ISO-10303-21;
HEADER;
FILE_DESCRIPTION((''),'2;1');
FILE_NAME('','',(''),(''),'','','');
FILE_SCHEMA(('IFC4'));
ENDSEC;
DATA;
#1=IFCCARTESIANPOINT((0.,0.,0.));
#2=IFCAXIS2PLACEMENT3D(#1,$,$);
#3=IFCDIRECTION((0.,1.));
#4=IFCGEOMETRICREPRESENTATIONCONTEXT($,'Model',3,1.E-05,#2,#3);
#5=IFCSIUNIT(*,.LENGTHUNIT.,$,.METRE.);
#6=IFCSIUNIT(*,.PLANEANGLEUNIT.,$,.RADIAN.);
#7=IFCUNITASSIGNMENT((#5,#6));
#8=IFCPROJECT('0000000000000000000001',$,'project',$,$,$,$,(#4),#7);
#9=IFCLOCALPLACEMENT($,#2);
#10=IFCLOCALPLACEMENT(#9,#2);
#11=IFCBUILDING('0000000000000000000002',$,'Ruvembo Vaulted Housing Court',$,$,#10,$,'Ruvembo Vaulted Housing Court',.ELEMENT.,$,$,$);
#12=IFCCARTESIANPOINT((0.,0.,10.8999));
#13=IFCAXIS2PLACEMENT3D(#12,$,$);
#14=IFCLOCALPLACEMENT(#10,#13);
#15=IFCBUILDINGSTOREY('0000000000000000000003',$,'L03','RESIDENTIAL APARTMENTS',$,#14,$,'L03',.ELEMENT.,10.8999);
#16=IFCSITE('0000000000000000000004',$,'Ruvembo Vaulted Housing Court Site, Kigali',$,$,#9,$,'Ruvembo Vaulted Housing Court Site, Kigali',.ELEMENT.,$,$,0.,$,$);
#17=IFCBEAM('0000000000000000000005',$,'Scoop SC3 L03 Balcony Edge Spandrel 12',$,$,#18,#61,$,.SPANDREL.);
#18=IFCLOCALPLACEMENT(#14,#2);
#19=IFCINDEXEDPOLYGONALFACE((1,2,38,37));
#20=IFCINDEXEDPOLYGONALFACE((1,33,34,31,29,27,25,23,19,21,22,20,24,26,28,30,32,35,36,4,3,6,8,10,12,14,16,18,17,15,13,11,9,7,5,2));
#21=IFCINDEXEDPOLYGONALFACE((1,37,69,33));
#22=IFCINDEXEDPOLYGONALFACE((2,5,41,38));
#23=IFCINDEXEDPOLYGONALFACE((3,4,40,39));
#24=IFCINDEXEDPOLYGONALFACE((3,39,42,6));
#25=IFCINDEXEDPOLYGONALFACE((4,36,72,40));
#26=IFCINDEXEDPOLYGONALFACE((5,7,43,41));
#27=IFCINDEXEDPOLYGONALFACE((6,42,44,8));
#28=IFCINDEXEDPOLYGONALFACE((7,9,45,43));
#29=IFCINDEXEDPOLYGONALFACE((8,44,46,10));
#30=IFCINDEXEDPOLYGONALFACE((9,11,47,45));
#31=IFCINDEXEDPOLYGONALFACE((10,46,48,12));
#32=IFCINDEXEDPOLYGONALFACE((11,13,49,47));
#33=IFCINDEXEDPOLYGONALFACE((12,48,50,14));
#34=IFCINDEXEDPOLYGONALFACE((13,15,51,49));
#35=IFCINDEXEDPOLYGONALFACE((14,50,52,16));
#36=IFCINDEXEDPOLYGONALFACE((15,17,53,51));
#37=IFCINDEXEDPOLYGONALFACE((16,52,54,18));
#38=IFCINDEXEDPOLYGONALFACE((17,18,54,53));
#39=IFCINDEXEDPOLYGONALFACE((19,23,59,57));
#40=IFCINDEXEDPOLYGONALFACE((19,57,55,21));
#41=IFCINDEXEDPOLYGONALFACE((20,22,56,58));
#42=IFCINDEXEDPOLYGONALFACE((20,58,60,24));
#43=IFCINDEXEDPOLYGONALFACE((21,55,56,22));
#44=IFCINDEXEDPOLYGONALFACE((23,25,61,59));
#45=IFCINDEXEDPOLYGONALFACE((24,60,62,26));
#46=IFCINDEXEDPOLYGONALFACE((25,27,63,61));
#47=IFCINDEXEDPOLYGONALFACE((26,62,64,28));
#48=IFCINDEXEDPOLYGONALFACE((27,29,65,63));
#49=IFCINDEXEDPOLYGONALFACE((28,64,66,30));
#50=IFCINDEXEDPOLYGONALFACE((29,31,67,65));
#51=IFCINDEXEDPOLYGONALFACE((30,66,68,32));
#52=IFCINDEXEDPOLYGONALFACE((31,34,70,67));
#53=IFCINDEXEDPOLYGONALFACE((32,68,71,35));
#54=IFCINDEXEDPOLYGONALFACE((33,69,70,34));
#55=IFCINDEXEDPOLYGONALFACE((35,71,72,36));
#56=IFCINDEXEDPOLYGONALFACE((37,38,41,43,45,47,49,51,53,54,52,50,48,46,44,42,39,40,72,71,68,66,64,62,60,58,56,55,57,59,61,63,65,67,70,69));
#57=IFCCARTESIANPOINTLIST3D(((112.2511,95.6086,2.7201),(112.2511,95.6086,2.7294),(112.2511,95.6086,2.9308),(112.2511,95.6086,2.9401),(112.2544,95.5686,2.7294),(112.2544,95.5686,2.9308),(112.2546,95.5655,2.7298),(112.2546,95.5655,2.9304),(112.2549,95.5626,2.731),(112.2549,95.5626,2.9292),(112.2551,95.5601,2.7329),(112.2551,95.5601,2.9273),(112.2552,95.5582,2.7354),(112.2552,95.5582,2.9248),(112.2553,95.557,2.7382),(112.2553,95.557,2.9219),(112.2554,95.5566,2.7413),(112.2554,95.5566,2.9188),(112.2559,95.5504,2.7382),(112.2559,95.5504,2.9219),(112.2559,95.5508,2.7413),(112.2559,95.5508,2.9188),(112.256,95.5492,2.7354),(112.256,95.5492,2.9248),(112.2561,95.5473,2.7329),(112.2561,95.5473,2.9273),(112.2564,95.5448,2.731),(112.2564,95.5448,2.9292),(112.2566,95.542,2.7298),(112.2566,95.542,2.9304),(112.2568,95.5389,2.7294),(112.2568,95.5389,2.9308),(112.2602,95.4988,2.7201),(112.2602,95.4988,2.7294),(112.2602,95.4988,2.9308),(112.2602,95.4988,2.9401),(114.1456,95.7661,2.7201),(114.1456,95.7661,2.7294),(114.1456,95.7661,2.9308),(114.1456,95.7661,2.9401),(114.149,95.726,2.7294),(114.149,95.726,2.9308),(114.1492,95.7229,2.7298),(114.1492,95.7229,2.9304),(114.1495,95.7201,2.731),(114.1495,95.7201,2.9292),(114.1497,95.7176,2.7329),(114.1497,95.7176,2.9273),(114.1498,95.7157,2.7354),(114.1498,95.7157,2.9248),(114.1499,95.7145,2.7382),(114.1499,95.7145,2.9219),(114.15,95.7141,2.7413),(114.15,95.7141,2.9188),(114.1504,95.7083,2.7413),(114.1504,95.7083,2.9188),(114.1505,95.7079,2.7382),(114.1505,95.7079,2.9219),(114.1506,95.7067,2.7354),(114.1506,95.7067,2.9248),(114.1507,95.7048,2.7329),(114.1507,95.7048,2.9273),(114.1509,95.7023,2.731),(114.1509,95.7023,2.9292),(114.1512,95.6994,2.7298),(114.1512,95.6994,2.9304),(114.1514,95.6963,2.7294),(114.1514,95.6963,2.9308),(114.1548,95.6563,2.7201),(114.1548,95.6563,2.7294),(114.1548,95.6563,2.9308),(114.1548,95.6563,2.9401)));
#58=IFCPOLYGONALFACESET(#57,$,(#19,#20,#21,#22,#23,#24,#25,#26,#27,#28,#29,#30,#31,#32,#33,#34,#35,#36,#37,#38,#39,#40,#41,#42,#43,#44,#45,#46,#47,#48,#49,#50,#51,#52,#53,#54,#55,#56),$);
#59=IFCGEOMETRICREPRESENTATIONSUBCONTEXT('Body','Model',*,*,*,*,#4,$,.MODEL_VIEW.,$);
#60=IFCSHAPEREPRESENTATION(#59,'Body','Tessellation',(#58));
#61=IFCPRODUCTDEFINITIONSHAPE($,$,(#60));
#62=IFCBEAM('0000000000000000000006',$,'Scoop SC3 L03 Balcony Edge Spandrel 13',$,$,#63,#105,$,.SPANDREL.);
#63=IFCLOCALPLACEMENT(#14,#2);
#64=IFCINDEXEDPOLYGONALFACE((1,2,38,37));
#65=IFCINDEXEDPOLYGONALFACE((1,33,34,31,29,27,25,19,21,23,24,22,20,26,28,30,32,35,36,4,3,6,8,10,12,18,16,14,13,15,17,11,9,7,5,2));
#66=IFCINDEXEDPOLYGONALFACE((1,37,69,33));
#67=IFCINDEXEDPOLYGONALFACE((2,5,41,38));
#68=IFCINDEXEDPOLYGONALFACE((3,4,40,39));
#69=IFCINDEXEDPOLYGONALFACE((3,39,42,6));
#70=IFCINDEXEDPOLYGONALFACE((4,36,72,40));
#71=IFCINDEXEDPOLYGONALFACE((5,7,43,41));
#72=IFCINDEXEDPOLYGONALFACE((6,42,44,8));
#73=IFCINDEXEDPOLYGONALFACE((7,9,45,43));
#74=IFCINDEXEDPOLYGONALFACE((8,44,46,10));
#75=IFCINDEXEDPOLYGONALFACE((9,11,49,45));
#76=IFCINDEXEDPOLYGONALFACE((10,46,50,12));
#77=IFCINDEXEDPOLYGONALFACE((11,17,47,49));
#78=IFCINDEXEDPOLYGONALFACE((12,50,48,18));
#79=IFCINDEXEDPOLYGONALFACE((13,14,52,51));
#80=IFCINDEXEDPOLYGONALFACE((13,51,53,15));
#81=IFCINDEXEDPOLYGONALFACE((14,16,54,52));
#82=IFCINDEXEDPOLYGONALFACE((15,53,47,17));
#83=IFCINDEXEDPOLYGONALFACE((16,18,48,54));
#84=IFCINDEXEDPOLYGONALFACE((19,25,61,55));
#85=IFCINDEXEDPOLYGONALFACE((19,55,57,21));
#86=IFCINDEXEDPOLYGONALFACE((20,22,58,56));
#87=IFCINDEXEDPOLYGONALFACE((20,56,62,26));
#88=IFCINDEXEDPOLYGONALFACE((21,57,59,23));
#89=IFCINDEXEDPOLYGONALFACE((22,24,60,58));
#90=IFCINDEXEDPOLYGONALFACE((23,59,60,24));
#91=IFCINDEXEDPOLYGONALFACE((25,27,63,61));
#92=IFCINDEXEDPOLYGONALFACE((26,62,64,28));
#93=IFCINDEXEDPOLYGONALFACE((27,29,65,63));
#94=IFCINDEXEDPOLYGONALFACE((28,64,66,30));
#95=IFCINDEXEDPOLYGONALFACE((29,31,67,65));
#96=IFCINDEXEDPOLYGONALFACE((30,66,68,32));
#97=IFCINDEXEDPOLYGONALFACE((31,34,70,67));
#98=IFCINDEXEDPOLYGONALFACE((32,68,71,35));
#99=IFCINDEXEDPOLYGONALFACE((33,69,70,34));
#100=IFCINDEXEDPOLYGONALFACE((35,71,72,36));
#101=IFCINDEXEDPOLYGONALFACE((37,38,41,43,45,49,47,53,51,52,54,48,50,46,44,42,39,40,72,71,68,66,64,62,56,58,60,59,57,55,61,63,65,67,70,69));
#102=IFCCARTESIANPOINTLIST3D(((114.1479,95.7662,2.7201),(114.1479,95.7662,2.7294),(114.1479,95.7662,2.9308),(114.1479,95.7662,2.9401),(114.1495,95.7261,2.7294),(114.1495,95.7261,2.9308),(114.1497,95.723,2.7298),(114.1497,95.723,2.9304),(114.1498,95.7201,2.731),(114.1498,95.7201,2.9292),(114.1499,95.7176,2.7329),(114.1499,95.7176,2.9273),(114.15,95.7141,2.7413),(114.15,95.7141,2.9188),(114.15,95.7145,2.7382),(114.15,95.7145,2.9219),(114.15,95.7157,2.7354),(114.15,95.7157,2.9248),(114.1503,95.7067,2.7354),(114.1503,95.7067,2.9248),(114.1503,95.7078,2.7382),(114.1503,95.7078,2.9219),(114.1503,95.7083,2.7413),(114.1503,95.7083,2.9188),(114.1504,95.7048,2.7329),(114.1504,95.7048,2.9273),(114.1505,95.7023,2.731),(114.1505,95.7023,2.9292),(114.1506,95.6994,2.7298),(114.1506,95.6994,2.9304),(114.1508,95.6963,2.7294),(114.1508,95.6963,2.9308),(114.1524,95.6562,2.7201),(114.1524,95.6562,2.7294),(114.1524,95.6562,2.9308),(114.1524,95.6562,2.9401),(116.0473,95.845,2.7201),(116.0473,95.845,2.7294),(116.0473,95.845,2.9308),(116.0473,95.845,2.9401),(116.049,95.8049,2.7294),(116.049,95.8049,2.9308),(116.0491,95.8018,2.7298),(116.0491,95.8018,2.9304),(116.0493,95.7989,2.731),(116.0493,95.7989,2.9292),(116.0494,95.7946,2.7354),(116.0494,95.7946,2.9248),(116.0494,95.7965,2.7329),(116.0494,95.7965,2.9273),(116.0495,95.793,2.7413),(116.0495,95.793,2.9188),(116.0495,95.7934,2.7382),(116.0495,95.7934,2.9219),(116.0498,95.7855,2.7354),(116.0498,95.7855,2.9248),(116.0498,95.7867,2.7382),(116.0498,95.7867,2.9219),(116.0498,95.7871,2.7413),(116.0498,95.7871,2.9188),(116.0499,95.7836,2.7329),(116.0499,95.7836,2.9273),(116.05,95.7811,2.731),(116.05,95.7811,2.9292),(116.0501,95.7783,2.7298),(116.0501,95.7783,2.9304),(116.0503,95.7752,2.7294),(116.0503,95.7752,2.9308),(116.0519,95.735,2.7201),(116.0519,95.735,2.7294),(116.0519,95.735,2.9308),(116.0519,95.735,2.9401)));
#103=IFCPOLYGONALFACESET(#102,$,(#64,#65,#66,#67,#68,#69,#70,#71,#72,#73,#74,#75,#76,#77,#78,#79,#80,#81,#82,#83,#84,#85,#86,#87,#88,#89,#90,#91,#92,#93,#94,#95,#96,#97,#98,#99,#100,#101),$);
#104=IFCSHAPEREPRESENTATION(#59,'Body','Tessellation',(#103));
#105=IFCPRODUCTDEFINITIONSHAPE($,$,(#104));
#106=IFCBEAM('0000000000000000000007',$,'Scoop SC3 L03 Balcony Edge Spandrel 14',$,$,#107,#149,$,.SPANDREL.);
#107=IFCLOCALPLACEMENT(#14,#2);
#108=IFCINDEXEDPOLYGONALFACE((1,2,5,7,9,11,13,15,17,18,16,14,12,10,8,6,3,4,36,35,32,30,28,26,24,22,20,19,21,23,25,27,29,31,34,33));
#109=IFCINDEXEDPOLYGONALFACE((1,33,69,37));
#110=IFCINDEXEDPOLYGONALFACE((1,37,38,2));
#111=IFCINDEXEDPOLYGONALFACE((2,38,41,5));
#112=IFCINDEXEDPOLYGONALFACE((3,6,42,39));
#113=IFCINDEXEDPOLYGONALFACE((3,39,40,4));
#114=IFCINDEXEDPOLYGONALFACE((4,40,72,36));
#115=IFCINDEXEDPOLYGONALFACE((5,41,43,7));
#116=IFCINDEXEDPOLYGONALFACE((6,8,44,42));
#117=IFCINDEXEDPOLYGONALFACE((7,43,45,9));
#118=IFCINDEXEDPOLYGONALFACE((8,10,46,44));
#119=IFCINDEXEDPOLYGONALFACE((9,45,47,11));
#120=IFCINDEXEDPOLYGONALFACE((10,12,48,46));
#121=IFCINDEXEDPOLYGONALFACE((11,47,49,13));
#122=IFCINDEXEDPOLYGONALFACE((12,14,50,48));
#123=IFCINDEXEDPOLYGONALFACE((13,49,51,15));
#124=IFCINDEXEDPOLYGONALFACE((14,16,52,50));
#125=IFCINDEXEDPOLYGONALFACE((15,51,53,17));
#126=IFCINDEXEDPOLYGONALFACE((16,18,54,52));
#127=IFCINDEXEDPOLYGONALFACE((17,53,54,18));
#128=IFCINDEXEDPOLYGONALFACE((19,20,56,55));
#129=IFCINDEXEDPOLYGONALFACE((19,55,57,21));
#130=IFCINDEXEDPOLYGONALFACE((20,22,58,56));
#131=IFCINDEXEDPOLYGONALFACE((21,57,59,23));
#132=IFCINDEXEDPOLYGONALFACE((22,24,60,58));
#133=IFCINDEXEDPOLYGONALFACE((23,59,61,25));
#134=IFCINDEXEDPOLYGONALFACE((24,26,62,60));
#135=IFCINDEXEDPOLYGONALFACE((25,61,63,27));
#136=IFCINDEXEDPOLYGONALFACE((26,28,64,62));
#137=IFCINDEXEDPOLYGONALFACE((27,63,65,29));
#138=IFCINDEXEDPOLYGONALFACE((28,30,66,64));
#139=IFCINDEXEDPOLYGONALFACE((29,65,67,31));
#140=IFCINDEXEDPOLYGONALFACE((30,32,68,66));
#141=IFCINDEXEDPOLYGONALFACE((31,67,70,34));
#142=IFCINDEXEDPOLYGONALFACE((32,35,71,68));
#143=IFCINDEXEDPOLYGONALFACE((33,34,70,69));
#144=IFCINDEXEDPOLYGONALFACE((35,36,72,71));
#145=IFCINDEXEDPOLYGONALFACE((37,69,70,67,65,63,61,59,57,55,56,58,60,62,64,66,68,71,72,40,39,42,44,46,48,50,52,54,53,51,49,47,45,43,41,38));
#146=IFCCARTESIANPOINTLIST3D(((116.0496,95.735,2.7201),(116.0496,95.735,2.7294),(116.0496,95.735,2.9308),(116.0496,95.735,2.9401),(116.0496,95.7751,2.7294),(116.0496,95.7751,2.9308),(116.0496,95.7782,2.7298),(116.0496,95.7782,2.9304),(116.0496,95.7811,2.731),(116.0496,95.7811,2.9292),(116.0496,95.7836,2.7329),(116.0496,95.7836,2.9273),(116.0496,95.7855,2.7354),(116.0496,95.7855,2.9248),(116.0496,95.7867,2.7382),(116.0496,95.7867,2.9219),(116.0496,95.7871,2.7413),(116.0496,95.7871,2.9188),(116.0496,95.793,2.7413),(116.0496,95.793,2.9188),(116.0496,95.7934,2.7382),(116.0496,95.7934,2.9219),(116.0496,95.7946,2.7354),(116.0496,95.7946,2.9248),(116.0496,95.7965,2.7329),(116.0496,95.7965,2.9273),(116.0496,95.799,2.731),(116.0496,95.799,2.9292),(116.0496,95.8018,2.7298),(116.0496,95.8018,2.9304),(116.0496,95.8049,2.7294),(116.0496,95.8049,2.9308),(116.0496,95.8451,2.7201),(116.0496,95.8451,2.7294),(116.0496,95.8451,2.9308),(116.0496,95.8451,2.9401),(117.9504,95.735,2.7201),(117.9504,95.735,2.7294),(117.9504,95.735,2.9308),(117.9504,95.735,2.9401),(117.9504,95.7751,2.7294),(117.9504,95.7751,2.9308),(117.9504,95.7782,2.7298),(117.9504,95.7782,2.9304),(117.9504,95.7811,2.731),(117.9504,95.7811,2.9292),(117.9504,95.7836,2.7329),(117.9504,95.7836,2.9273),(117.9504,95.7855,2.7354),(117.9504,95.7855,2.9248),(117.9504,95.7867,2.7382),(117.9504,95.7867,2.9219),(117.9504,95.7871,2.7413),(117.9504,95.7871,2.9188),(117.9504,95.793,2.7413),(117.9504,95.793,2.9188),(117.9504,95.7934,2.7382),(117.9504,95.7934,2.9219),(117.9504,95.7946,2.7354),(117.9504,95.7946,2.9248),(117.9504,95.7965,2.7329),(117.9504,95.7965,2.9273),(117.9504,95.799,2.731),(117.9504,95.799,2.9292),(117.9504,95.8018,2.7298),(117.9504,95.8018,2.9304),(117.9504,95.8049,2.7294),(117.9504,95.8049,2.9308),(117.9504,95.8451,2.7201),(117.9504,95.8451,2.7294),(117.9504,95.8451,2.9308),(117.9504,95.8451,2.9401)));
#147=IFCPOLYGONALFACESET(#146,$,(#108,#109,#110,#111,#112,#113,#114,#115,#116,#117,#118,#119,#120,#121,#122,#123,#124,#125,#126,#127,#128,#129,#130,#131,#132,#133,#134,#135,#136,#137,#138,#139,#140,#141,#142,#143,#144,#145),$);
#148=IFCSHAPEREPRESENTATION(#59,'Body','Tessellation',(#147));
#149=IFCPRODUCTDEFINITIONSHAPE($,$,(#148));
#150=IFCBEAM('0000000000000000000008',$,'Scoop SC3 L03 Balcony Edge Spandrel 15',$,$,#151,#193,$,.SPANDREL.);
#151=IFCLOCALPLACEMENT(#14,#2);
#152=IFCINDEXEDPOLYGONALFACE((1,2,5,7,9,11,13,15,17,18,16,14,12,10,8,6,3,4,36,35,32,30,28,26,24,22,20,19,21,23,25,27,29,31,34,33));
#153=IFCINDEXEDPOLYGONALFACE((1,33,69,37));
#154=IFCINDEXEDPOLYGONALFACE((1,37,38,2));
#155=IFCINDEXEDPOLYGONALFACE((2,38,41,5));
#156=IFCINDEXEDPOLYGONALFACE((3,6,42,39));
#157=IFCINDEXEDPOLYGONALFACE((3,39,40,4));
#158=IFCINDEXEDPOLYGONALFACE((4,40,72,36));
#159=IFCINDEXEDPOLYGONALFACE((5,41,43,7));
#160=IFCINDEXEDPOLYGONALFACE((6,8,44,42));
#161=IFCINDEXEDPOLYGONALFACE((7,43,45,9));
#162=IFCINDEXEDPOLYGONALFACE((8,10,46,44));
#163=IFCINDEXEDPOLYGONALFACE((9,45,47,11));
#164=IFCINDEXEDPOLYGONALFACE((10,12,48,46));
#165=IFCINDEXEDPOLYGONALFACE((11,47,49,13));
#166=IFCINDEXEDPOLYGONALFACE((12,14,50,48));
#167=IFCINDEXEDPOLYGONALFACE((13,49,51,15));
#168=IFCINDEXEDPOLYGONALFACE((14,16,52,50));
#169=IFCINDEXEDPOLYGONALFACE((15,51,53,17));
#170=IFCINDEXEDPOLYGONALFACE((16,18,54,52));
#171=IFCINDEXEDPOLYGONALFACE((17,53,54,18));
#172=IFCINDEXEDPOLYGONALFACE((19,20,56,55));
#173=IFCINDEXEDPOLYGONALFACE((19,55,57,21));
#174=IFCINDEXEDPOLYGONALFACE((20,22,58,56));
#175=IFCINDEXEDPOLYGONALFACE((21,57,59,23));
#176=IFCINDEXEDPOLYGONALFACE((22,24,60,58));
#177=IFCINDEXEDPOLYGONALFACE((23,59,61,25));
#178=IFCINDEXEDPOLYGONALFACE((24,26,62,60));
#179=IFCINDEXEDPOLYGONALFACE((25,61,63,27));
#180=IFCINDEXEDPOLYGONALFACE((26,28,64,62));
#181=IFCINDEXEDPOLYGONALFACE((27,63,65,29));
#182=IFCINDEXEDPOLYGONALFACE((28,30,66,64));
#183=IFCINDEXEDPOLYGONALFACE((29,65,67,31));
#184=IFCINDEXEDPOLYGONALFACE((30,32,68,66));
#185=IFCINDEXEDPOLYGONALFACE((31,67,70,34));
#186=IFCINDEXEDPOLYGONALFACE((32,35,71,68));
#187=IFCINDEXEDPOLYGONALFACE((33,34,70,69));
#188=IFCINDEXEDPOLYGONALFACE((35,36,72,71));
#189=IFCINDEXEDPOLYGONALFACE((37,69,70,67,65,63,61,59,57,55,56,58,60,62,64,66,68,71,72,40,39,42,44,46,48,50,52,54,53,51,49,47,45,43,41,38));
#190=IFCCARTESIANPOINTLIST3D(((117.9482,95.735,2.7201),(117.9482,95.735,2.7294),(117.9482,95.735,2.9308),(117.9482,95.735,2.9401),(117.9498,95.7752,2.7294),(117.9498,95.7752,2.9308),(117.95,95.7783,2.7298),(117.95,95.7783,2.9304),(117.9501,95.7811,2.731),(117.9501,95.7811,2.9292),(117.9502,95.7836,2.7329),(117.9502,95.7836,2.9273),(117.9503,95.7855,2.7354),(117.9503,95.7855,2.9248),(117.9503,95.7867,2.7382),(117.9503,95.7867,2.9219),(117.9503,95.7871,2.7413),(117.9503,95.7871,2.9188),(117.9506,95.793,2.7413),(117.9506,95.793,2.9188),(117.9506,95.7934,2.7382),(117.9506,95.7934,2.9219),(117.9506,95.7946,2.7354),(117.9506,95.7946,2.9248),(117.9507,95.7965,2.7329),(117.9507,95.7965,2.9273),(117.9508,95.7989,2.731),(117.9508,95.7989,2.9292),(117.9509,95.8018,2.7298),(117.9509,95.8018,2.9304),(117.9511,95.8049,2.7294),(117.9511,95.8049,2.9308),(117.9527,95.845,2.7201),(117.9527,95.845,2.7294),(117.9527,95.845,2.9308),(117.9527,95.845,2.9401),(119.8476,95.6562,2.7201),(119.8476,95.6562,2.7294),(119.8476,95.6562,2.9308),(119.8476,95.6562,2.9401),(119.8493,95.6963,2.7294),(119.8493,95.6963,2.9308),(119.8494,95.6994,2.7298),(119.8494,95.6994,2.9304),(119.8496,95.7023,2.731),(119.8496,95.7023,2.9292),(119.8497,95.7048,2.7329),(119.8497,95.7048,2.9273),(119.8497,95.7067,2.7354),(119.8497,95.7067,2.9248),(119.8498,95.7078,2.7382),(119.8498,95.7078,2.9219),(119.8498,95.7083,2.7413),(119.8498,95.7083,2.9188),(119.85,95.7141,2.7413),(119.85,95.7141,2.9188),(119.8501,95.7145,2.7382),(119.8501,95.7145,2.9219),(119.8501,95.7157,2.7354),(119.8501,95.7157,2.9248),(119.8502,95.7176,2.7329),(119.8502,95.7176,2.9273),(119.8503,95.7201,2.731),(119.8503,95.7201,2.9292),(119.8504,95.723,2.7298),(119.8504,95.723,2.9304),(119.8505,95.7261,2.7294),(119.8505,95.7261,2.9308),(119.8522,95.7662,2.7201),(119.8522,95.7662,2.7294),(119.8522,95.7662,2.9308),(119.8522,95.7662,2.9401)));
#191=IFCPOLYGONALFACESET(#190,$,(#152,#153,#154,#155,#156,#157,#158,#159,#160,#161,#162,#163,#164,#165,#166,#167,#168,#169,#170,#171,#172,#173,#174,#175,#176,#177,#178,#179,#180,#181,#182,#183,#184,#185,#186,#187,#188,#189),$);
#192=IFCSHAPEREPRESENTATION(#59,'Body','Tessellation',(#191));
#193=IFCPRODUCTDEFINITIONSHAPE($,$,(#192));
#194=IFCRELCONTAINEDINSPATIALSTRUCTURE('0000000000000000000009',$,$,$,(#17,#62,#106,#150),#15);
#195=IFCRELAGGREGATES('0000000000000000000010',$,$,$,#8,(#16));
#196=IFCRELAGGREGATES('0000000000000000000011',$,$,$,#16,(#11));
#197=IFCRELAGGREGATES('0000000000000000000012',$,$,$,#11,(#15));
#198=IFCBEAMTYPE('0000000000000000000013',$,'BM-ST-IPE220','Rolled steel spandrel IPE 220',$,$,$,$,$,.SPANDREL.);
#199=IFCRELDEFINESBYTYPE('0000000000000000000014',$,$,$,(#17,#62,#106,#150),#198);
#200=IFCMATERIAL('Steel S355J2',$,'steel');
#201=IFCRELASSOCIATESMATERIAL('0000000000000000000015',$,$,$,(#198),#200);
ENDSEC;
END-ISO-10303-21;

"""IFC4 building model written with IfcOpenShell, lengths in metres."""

from ifc_helpers import new_model, si_unit, direction, frame, origin, origin_2d, place, context, subcontext, project, spatial, i_section, extrude, material, material_profile, profile_set, type_object, element, save


model = new_model("IFC4")

# Units and contexts
model_context = context("Model", 3, precision=1e-05, world=origin(), true_north=direction((0.0, 1.0)))
body_context = subcontext(model_context, "Body", "Model", "MODEL_VIEW")
ifc_project = project(units=[si_unit("LENGTHUNIT", "METRE"), si_unit("PLANEANGLEUNIT", "RADIAN")], contexts=[model_context])

# Site, building, storey
site_placement = place(None, origin())
site = spatial("IfcSite", under=ifc_project, at=site_placement, Name="Ruvembo Vaulted Housing Court Site, Kigali", LongName="Ruvembo Vaulted Housing Court Site, Kigali", CompositionType="ELEMENT", RefElevation=0.0)
building_placement = place(site_placement, origin())
building = spatial("IfcBuilding", under=site, at=building_placement, Name="Ruvembo Vaulted Housing Court", LongName="Ruvembo Vaulted Housing Court", CompositionType="ELEMENT")
storey_placement = place(building_placement, frame((0.0, 0.0, 10.8999)))
storey = spatial("IfcBuildingStorey", under=building, at=storey_placement, Name="L03", Description="RESIDENTIAL APARTMENTS", LongName="L03", CompositionType="ELEMENT", Elevation=10.8999)

# Beams
ifc_material_1 = material(Name="Steel S355J2", Category="steel")
ifc_material_profile_1 = material_profile(ifc_material_1, i_section(OverallWidth=0.1101, OverallDepth=0.22, WebThickness=0.0059, FlangeThickness=0.0093, FilletRadius=0.012, at=origin_2d()), Name="IPE 220")
ifc_profile_set_1 = profile_set([ifc_material_profile_1], Name="Steel S355J2")
beam_type = type_object("IfcBeamType", Name="BM-ST-IPE220", Description="Rolled steel spandrel IPE 220", PredefinedType="SPANDREL", material=ifc_profile_set_1)
for number, where, z_axis, x_axis, name in (
    (1, (112.2556, 95.5537, 2.8301), (0.996563, 0.082833, 0.0), (-0.082833, 0.996563, 0.0), "Scoop SC3 L03 Balcony Edge Spandrel 12"),
    (2, (114.1501, 95.7112, 2.8301), (0.999139, 0.041481, 0.0), (-0.041481, 0.999139, 0.0), "Scoop SC3 L03 Balcony Edge Spandrel 13"),
):
    element("IfcBeam", number, at=place(storey_placement, frame(where, z_axis=z_axis, x_axis=x_axis)), inside=storey, type_object=beam_type, Name=name, PredefinedType="SPANDREL", context=body_context, shape_type="SweptSolid", body=[
        extrude(i_section(OverallWidth=0.1101, OverallDepth=0.22, WebThickness=0.0059, FlangeThickness=0.0093, FilletRadius=0.012, at=origin_2d()), origin(), (0.0, 0.0, 1.0), 1.9011),
    ])
beam_placement = place(storey_placement, frame((116.0496, 95.79, 2.8301), z_axis=(1.0, 0.0, 0.0), x_axis=(0.0, 1.0, 0.0)))
element("IfcBeam", 3, at=beam_placement, inside=storey, type_object=beam_type, Name="Scoop SC3 L03 Balcony Edge Spandrel 14", PredefinedType="SPANDREL", context=body_context, shape_type="SweptSolid", body=[
    extrude(i_section(OverallWidth=0.1101, OverallDepth=0.22, WebThickness=0.0059, FlangeThickness=0.0093, FilletRadius=0.012, at=origin_2d()), origin(), (0.0, 0.0, 1.0), 1.9009),
])
for number, where, z_axis, x_axis, name in (
    (4, (117.9504, 95.79, 2.8301), (0.999139, -0.041481, 0.0), (0.041481, 0.999139, 0.0), "Scoop SC3 L03 Balcony Edge Spandrel 15"),
):
    element("IfcBeam", number, at=place(storey_placement, frame(where, z_axis=z_axis, x_axis=x_axis)), inside=storey, type_object=beam_type, Name=name, PredefinedType="SPANDREL", context=body_context, shape_type="SweptSolid", body=[
        extrude(i_section(OverallWidth=0.1101, OverallDepth=0.22, WebThickness=0.0059, FlangeThickness=0.0093, FilletRadius=0.012, at=origin_2d()), origin(), (0.0, 0.0, 1.0), 1.9011),
    ])

save(model, "model.ifc")
